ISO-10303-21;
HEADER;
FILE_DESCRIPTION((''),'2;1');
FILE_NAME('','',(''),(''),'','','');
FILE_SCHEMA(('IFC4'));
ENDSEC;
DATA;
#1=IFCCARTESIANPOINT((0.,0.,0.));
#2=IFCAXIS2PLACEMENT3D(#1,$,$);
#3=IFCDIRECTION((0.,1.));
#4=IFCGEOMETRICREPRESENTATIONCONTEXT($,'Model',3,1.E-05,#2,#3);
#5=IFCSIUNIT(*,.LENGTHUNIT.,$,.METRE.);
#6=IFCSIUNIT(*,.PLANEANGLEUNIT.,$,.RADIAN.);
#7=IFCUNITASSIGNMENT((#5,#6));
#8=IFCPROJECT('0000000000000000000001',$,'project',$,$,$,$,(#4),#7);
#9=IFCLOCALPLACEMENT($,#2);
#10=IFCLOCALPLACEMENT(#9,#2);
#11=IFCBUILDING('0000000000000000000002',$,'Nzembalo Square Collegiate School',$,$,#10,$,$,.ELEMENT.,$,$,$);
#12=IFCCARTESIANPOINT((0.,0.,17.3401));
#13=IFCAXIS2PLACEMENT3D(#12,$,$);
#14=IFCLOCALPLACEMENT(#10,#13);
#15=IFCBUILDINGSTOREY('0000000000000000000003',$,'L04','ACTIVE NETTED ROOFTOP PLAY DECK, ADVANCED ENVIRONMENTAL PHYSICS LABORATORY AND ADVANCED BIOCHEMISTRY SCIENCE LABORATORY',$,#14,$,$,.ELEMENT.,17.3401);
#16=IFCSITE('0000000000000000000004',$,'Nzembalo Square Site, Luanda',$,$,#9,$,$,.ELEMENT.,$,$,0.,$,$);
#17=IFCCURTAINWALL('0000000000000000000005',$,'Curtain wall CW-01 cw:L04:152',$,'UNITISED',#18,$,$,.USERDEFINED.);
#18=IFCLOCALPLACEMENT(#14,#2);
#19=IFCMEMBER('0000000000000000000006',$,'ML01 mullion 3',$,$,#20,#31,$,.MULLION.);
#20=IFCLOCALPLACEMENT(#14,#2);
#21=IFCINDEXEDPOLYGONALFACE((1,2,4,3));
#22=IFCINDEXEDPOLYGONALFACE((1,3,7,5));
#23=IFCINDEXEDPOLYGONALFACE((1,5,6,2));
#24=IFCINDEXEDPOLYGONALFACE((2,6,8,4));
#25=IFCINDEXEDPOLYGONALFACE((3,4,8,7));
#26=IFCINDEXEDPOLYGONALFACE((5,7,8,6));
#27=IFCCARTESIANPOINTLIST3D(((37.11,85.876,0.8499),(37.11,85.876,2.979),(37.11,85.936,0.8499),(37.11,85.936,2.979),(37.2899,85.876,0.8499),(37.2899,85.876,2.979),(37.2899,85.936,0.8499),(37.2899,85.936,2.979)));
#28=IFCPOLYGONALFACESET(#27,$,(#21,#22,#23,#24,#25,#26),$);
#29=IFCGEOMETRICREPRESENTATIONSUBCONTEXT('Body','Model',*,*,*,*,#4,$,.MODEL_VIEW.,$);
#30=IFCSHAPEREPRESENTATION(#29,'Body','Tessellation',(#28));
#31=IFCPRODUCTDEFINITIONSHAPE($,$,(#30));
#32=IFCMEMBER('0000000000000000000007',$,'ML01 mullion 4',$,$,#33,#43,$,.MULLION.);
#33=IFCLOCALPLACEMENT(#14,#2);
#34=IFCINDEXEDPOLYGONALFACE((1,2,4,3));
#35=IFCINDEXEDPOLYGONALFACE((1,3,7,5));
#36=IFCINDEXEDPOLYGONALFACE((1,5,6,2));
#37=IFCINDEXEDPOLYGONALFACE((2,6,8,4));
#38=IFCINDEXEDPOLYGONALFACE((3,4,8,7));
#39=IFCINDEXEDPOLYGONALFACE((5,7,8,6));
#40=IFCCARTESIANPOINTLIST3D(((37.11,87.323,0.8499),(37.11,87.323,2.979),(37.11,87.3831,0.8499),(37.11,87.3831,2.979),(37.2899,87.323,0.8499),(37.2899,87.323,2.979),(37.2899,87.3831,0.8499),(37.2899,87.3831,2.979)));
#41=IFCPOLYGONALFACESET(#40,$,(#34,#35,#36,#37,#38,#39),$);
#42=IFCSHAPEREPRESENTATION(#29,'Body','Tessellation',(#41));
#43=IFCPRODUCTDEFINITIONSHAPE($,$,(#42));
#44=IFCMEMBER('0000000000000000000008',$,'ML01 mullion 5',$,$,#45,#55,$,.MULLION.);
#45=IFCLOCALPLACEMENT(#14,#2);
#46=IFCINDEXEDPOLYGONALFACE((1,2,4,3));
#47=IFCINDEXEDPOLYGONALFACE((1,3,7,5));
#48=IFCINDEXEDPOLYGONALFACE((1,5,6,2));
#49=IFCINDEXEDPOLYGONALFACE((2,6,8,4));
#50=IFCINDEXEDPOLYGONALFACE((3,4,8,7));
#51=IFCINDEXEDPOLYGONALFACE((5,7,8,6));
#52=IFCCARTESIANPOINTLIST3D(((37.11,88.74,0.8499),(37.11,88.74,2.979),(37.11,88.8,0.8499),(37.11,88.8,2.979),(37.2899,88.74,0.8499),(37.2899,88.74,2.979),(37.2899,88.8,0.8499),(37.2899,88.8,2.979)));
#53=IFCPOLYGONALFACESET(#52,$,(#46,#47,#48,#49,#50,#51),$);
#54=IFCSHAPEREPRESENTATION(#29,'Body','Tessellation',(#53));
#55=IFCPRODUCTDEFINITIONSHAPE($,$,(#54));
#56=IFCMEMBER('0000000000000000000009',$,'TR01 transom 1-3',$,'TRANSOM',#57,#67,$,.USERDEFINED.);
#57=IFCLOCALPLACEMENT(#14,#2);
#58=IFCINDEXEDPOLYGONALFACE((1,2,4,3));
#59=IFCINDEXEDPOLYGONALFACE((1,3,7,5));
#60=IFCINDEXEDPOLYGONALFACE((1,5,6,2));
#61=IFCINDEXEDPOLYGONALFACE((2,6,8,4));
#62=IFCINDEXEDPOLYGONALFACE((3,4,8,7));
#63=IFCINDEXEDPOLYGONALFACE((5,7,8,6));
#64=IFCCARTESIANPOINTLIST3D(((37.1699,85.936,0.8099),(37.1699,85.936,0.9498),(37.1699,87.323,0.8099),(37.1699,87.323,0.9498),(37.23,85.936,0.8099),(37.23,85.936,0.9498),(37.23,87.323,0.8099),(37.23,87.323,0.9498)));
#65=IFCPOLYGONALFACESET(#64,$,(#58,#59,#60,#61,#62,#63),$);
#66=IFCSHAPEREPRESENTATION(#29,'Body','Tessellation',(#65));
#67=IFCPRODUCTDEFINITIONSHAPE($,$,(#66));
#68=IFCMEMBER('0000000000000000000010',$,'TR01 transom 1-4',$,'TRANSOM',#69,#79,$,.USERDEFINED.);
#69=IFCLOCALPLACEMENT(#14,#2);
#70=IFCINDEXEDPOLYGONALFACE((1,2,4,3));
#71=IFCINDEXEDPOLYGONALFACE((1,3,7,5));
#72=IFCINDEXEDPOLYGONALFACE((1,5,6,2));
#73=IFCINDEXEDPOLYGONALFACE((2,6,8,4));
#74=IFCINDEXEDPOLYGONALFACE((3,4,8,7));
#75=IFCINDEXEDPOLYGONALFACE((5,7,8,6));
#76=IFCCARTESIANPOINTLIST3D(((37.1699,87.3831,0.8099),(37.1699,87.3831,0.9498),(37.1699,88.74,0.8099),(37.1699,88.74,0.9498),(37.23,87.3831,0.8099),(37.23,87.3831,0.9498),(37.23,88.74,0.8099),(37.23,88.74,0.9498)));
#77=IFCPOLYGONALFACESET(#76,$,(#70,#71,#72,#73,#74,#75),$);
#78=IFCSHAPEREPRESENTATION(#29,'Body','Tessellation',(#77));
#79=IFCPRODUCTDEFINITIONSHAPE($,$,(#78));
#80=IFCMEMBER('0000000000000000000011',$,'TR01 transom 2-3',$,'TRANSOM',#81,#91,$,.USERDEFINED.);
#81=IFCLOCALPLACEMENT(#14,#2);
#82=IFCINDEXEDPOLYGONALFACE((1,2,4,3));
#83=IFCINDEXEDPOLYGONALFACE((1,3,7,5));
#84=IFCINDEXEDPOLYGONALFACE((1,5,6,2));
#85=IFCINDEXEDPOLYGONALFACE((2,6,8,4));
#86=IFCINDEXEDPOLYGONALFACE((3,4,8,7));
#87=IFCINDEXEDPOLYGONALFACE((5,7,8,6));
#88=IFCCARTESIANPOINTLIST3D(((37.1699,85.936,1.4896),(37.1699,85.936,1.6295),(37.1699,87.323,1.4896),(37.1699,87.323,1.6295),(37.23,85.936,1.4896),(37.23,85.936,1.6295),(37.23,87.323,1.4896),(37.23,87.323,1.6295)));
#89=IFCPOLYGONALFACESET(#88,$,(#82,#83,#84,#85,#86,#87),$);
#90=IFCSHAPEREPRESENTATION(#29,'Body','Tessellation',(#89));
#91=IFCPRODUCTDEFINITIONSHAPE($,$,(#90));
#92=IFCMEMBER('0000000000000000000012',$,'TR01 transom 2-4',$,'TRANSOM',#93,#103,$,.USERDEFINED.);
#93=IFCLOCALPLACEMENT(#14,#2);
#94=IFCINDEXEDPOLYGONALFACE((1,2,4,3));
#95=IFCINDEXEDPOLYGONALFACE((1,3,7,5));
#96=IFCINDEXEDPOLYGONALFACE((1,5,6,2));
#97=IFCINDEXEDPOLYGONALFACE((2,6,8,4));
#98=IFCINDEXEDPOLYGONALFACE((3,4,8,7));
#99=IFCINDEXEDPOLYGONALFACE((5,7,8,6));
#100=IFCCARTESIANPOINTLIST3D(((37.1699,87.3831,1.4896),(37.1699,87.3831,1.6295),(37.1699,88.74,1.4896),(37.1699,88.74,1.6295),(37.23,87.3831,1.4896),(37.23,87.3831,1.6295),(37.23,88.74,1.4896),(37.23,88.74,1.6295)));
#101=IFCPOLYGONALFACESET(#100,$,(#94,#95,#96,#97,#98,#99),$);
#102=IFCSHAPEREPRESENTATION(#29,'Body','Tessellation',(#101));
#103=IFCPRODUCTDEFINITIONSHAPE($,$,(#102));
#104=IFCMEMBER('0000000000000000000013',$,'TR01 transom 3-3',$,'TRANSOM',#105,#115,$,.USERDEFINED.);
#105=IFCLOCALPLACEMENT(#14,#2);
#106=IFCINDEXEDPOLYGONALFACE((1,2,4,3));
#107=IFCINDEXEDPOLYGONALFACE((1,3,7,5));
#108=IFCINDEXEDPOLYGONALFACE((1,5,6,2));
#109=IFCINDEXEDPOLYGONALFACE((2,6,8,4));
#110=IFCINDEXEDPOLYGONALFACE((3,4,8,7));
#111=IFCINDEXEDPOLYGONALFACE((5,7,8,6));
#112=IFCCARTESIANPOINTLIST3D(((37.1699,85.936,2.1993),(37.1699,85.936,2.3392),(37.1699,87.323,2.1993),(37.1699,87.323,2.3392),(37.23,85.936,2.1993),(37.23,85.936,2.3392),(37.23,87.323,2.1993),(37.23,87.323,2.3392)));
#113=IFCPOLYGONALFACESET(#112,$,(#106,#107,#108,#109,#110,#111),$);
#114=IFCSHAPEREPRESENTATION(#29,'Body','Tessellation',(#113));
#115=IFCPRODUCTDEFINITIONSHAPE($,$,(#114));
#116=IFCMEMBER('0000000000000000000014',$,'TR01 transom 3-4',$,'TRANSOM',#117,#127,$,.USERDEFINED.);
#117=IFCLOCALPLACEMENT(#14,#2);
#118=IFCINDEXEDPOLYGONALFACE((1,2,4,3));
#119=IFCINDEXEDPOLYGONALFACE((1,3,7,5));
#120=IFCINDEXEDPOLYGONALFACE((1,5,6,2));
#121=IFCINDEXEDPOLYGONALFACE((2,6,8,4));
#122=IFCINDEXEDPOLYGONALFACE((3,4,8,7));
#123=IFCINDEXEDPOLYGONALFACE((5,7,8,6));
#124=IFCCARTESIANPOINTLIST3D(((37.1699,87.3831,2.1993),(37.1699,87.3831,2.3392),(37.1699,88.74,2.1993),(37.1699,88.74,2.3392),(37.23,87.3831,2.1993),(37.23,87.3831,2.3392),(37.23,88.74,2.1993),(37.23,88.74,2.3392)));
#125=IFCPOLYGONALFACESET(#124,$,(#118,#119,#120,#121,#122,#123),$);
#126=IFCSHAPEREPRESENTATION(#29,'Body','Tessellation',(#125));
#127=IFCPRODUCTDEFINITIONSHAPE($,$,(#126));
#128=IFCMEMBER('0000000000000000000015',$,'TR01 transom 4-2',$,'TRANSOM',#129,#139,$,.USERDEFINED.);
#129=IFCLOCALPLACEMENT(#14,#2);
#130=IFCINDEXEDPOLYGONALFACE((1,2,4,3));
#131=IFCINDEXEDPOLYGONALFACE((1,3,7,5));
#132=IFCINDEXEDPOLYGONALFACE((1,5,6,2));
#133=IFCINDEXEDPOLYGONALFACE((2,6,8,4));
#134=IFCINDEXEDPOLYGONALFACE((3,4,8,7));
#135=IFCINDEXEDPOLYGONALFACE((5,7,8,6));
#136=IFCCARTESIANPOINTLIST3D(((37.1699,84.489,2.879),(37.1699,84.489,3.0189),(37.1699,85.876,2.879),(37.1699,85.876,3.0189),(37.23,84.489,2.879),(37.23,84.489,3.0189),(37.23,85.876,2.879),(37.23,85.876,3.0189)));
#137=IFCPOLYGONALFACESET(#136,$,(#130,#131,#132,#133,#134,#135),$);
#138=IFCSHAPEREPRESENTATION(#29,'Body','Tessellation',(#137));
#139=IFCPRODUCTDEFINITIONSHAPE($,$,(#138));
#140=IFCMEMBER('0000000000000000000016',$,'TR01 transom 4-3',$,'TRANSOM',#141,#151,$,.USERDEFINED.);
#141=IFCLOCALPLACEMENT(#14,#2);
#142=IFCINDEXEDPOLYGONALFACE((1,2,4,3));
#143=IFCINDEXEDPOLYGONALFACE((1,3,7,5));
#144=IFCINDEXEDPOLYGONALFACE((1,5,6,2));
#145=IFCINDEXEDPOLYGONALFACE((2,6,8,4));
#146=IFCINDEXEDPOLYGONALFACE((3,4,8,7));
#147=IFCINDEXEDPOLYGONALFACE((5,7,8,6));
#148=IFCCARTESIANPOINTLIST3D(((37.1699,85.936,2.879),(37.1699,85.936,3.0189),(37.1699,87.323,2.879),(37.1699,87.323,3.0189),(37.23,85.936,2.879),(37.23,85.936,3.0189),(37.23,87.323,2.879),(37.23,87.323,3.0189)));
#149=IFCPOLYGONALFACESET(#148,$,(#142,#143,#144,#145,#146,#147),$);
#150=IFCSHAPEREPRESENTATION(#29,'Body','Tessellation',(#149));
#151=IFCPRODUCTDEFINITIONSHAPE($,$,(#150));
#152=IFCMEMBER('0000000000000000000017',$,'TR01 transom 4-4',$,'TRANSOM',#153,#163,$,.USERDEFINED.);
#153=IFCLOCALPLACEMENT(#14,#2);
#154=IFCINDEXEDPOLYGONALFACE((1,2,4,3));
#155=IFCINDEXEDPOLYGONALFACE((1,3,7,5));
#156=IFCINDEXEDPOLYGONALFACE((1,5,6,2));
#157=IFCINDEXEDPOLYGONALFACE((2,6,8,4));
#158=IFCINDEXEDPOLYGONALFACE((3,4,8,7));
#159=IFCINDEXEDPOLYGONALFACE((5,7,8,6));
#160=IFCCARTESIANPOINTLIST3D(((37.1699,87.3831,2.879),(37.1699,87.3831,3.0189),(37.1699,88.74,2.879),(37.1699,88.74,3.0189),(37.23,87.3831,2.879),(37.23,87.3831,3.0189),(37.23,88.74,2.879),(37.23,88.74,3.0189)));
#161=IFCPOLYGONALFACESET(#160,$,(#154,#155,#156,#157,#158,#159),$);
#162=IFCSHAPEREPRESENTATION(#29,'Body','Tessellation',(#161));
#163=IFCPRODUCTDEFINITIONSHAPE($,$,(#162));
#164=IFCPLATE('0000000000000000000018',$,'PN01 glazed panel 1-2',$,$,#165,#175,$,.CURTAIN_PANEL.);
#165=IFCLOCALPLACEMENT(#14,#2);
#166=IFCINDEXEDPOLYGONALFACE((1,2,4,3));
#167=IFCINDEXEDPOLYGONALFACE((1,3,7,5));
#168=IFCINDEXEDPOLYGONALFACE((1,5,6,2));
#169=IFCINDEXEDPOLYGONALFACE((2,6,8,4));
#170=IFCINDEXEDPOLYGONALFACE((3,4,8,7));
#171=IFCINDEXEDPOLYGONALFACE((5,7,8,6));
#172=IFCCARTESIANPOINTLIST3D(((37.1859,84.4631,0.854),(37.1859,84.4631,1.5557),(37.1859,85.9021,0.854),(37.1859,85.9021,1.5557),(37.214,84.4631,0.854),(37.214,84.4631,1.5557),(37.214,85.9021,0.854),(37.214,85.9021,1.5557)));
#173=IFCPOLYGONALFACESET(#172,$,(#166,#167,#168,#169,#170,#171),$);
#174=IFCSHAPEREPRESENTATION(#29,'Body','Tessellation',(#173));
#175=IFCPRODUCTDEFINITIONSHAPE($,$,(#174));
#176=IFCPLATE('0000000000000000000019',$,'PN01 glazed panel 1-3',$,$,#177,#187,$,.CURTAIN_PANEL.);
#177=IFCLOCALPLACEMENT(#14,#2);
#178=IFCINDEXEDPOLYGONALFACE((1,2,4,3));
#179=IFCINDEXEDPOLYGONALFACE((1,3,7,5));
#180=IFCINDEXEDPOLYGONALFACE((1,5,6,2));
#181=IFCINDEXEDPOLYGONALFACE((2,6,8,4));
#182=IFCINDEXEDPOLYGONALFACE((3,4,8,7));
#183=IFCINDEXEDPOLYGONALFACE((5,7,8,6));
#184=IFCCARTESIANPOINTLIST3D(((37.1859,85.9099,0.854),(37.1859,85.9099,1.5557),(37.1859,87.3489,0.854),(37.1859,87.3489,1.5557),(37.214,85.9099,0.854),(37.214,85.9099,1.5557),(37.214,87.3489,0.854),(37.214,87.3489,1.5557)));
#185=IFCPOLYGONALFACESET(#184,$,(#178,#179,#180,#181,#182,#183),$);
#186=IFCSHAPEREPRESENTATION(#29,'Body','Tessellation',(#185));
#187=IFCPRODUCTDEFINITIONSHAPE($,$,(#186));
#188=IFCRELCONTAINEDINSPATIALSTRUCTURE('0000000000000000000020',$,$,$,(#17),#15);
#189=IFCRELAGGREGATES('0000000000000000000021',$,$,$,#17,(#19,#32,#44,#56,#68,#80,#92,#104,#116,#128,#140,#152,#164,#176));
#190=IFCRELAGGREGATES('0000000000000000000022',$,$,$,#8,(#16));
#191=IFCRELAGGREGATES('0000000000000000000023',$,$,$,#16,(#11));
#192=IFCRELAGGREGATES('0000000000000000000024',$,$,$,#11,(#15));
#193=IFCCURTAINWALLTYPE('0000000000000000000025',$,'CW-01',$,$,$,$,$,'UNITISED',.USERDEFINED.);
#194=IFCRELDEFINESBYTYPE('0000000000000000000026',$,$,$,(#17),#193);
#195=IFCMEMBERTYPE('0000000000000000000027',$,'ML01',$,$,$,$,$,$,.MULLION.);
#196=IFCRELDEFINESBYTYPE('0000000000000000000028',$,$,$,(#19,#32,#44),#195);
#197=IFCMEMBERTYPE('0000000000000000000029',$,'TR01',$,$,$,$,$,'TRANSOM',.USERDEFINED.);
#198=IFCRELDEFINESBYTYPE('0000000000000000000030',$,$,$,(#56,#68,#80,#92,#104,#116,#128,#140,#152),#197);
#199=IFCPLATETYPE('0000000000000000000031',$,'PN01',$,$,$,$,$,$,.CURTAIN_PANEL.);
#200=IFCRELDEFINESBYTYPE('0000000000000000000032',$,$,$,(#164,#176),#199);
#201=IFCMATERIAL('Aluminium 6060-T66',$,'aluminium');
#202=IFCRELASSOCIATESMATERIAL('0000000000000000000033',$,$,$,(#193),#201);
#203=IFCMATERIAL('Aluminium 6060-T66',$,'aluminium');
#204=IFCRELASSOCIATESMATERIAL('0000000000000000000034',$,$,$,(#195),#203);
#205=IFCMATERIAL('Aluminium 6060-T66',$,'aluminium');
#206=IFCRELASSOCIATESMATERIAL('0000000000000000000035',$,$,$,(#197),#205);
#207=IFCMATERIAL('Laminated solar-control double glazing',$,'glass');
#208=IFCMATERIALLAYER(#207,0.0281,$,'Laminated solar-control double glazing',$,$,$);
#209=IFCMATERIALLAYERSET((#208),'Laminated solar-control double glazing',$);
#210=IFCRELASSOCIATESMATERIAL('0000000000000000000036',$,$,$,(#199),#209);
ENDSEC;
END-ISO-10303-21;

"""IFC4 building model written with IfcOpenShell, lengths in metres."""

from ifc_helpers import new_model, si_unit, direction, frame, origin, origin_2d, place, context, subcontext, project, spatial, rectangle, extrude, material, layer, layer_set, material_profile, profile_set, type_object, element, aggregate, save


model = new_model("IFC4")

# Units and contexts
model_context = context("Model", 3, precision=1e-05, world=origin(), true_north=direction((0.0, 1.0)))
body_context = subcontext(model_context, "Body", "Model", "MODEL_VIEW")
ifc_project = project(units=[si_unit("LENGTHUNIT", "METRE"), si_unit("PLANEANGLEUNIT", "RADIAN")], contexts=[model_context])

# Site, building, storey
site_placement = place(None, origin())
site = spatial("IfcSite", under=ifc_project, at=site_placement, Name="Nzembalo Square Site, Luanda", CompositionType="ELEMENT", RefElevation=0.0)
building_placement = place(site_placement, origin())
building = spatial("IfcBuilding", under=site, at=building_placement, Name="Nzembalo Square Collegiate School", CompositionType="ELEMENT")
storey_placement = place(building_placement, frame((0.0, 0.0, 17.3401)))
storey = spatial("IfcBuildingStorey", under=building, at=storey_placement, Name="L04", Description="ACTIVE NETTED ROOFTOP PLAY DECK, ADVANCED ENVIRONMENTAL PHYSICS LABORATORY AND ADVANCED BIOCHEMISTRY SCIENCE LABORATORY", CompositionType="ELEMENT", Elevation=17.3401)

# Curtain wall, members, plates
ifc_material_1 = material(Name="Aluminium 6060-T66", Category="aluminium")
curtain_wall_type = type_object("IfcCurtainWallType", Name="CW-01", ElementType="UNITISED", PredefinedType="USERDEFINED", material=ifc_material_1)
curtain_wall_placement = place(storey_placement, origin())
curtain_wall = element("IfcCurtainWall", 1, at=curtain_wall_placement, inside=storey, type_object=curtain_wall_type, Name="Curtain wall CW-01 cw:L04:152", ObjectType="UNITISED", PredefinedType="USERDEFINED")
ifc_material_2 = material(Name="Aluminium 6060-T66", Category="aluminium")
ifc_material_profile_1 = material_profile(ifc_material_2, rectangle(XDim=0.0601, YDim=0.1799, at=origin_2d()), Name="ALU M60x180")
ifc_profile_set_1 = profile_set([ifc_material_profile_1], Name="Aluminium 6060-T66")
member_type_1 = type_object("IfcMemberType", Name="ML01", PredefinedType="MULLION", material=ifc_profile_set_1)
member_1_placement = place(storey_placement, frame((37.2, 85.906, 0.8499), z_axis=(0.0, 0.0, 1.0), x_axis=(0.0, 1.0, 0.0)))
member_1 = element("IfcMember", 2, at=member_1_placement, type_object=member_type_1, Name="ML01 mullion 3", PredefinedType="MULLION", context=body_context, shape_type="SweptSolid", body=[
    extrude(rectangle(XDim=0.0601, YDim=0.1799, at=origin_2d()), origin(), (0.0, 0.0, 1.0), 2.1292),
])
member_2_placement = place(storey_placement, frame((37.2, 87.353, 0.8499), z_axis=(0.0, 0.0, 1.0), x_axis=(0.0, 1.0, 0.0)))
member_2 = element("IfcMember", 3, at=member_2_placement, type_object=member_type_1, Name="ML01 mullion 4", PredefinedType="MULLION", context=body_context, shape_type="SweptSolid", body=[
    extrude(rectangle(XDim=0.0601, YDim=0.1799, at=origin_2d()), origin(), (0.0, 0.0, 1.0), 2.1292),
])
member_3_placement = place(storey_placement, frame((37.2, 88.77, 0.8499), z_axis=(0.0, 0.0, 1.0), x_axis=(0.0, 1.0, 0.0)))
member_3 = element("IfcMember", 4, at=member_3_placement, type_object=member_type_1, Name="ML01 mullion 5", PredefinedType="MULLION", context=body_context, shape_type="SweptSolid", body=[
    extrude(rectangle(XDim=0.0601, YDim=0.1799, at=origin_2d()), origin(), (0.0, 0.0, 1.0), 2.1292),
])
ifc_material_3 = material(Name="Aluminium 6060-T66", Category="aluminium")
ifc_material_profile_2 = material_profile(ifc_material_3, rectangle(XDim=0.0601, YDim=0.1399, at=origin_2d()), Name="ALU T60x140")
ifc_profile_set_2 = profile_set([ifc_material_profile_2], Name="Aluminium 6060-T66")
member_type_2 = type_object("IfcMemberType", Name="TR01", ElementType="TRANSOM", PredefinedType="USERDEFINED", material=ifc_profile_set_2)
member_4_placement = place(storey_placement, frame((37.2, 85.936, 0.8799), z_axis=(0.0, 1.0, 0.0), x_axis=(-1.0, 0.0, 0.0)))
member_4 = element("IfcMember", 5, at=member_4_placement, type_object=member_type_2, Name="TR01 transom 1-3", ObjectType="TRANSOM", PredefinedType="USERDEFINED", context=body_context, shape_type="SweptSolid", body=[
    extrude(rectangle(XDim=0.0601, YDim=0.1399, at=origin_2d()), origin(), (0.0, 0.0, 1.0), 1.387),
])
member_5_placement = place(storey_placement, frame((37.2, 87.3831, 0.8799), z_axis=(0.0, 1.0, 0.0), x_axis=(-1.0, 0.0, 0.0)))
member_5 = element("IfcMember", 6, at=member_5_placement, type_object=member_type_2, Name="TR01 transom 1-4", ObjectType="TRANSOM", PredefinedType="USERDEFINED", context=body_context, shape_type="SweptSolid", body=[
    extrude(rectangle(XDim=0.0601, YDim=0.1399, at=origin_2d()), origin(), (0.0, 0.0, 1.0), 1.3569),
])
member_6_placement = place(storey_placement, frame((37.2, 85.936, 1.5596), z_axis=(0.0, 1.0, 0.0), x_axis=(-1.0, 0.0, 0.0)))
member_6 = element("IfcMember", 7, at=member_6_placement, type_object=member_type_2, Name="TR01 transom 2-3", ObjectType="TRANSOM", PredefinedType="USERDEFINED", context=body_context, shape_type="SweptSolid", body=[
    extrude(rectangle(XDim=0.0601, YDim=0.1399, at=origin_2d()), origin(), (0.0, 0.0, 1.0), 1.387),
])
member_7_placement = place(storey_placement, frame((37.2, 87.3831, 1.5596), z_axis=(0.0, 1.0, 0.0), x_axis=(-1.0, 0.0, 0.0)))
member_7 = element("IfcMember", 8, at=member_7_placement, type_object=member_type_2, Name="TR01 transom 2-4", ObjectType="TRANSOM", PredefinedType="USERDEFINED", context=body_context, shape_type="SweptSolid", body=[
    extrude(rectangle(XDim=0.0601, YDim=0.1399, at=origin_2d()), origin(), (0.0, 0.0, 1.0), 1.3569),
])
member_8_placement = place(storey_placement, frame((37.2, 85.936, 2.2693), z_axis=(0.0, 1.0, 0.0), x_axis=(-1.0, 0.0, 0.0)))
member_8 = element("IfcMember", 9, at=member_8_placement, type_object=member_type_2, Name="TR01 transom 3-3", ObjectType="TRANSOM", PredefinedType="USERDEFINED", context=body_context, shape_type="SweptSolid", body=[
    extrude(rectangle(XDim=0.0601, YDim=0.1399, at=origin_2d()), origin(), (0.0, 0.0, 1.0), 1.387),
])
member_9_placement = place(storey_placement, frame((37.2, 87.3831, 2.2693), z_axis=(0.0, 1.0, 0.0), x_axis=(-1.0, 0.0, 0.0)))
member_9 = element("IfcMember", 10, at=member_9_placement, type_object=member_type_2, Name="TR01 transom 3-4", ObjectType="TRANSOM", PredefinedType="USERDEFINED", context=body_context, shape_type="SweptSolid", body=[
    extrude(rectangle(XDim=0.0601, YDim=0.1399, at=origin_2d()), origin(), (0.0, 0.0, 1.0), 1.3569),
])
member_10_placement = place(storey_placement, frame((37.2, 84.489, 2.949), z_axis=(0.0, 1.0, 0.0), x_axis=(-1.0, 0.0, 0.0)))
member_10 = element("IfcMember", 11, at=member_10_placement, type_object=member_type_2, Name="TR01 transom 4-2", ObjectType="TRANSOM", PredefinedType="USERDEFINED", context=body_context, shape_type="SweptSolid", body=[
    extrude(rectangle(XDim=0.0601, YDim=0.1399, at=origin_2d()), origin(), (0.0, 0.0, 1.0), 1.387),
])
member_11_placement = place(storey_placement, frame((37.2, 85.936, 2.949), z_axis=(0.0, 1.0, 0.0), x_axis=(-1.0, 0.0, 0.0)))
member_11 = element("IfcMember", 12, at=member_11_placement, type_object=member_type_2, Name="TR01 transom 4-3", ObjectType="TRANSOM", PredefinedType="USERDEFINED", context=body_context, shape_type="SweptSolid", body=[
    extrude(rectangle(XDim=0.0601, YDim=0.1399, at=origin_2d()), origin(), (0.0, 0.0, 1.0), 1.387),
])
member_12_placement = place(storey_placement, frame((37.2, 87.3831, 2.949), z_axis=(0.0, 1.0, 0.0), x_axis=(-1.0, 0.0, 0.0)))
member_12 = element("IfcMember", 13, at=member_12_placement, type_object=member_type_2, Name="TR01 transom 4-4", ObjectType="TRANSOM", PredefinedType="USERDEFINED", context=body_context, shape_type="SweptSolid", body=[
    extrude(rectangle(XDim=0.0601, YDim=0.1399, at=origin_2d()), origin(), (0.0, 0.0, 1.0), 1.3569),
])
ifc_material_4 = material(Name="Laminated solar-control double glazing", Category="glass")
ifc_layer_1 = layer(ifc_material_4, 0.0281, Name="Laminated solar-control double glazing")
ifc_layer_set_1 = layer_set([ifc_layer_1], Name="Laminated solar-control double glazing")
plate_type = type_object("IfcPlateType", Name="PN01", PredefinedType="CURTAIN_PANEL", material=ifc_layer_set_1)
plate_1_placement = place(storey_placement, frame((37.2, 85.1826, 0.854), z_axis=(0.0, 0.0, 1.0), x_axis=(0.0, 1.0, 0.0)))
plate_1 = element("IfcPlate", 14, at=plate_1_placement, type_object=plate_type, Name="PN01 glazed panel 1-2", PredefinedType="CURTAIN_PANEL", context=body_context, shape_type="SweptSolid", body=[
    extrude(rectangle(XDim=1.439, YDim=0.0281, at=origin_2d()), origin(), (0.0, 0.0, 1.0), 0.7017),
])
plate_2_placement = place(storey_placement, frame((37.2, 86.6294, 0.854), z_axis=(0.0, 0.0, 1.0), x_axis=(0.0, 1.0, 0.0)))
plate_2 = element("IfcPlate", 15, at=plate_2_placement, type_object=plate_type, Name="PN01 glazed panel 1-3", PredefinedType="CURTAIN_PANEL", context=body_context, shape_type="SweptSolid", body=[
    extrude(rectangle(XDim=1.439, YDim=0.0281, at=origin_2d()), origin(), (0.0, 0.0, 1.0), 0.7017),
])
aggregate(curtain_wall, [member_1, member_2, member_3, member_4, member_5, member_6, member_7, member_8, member_9, member_10, member_11, member_12, plate_1, plate_2])

save(model, "model.ifc")
